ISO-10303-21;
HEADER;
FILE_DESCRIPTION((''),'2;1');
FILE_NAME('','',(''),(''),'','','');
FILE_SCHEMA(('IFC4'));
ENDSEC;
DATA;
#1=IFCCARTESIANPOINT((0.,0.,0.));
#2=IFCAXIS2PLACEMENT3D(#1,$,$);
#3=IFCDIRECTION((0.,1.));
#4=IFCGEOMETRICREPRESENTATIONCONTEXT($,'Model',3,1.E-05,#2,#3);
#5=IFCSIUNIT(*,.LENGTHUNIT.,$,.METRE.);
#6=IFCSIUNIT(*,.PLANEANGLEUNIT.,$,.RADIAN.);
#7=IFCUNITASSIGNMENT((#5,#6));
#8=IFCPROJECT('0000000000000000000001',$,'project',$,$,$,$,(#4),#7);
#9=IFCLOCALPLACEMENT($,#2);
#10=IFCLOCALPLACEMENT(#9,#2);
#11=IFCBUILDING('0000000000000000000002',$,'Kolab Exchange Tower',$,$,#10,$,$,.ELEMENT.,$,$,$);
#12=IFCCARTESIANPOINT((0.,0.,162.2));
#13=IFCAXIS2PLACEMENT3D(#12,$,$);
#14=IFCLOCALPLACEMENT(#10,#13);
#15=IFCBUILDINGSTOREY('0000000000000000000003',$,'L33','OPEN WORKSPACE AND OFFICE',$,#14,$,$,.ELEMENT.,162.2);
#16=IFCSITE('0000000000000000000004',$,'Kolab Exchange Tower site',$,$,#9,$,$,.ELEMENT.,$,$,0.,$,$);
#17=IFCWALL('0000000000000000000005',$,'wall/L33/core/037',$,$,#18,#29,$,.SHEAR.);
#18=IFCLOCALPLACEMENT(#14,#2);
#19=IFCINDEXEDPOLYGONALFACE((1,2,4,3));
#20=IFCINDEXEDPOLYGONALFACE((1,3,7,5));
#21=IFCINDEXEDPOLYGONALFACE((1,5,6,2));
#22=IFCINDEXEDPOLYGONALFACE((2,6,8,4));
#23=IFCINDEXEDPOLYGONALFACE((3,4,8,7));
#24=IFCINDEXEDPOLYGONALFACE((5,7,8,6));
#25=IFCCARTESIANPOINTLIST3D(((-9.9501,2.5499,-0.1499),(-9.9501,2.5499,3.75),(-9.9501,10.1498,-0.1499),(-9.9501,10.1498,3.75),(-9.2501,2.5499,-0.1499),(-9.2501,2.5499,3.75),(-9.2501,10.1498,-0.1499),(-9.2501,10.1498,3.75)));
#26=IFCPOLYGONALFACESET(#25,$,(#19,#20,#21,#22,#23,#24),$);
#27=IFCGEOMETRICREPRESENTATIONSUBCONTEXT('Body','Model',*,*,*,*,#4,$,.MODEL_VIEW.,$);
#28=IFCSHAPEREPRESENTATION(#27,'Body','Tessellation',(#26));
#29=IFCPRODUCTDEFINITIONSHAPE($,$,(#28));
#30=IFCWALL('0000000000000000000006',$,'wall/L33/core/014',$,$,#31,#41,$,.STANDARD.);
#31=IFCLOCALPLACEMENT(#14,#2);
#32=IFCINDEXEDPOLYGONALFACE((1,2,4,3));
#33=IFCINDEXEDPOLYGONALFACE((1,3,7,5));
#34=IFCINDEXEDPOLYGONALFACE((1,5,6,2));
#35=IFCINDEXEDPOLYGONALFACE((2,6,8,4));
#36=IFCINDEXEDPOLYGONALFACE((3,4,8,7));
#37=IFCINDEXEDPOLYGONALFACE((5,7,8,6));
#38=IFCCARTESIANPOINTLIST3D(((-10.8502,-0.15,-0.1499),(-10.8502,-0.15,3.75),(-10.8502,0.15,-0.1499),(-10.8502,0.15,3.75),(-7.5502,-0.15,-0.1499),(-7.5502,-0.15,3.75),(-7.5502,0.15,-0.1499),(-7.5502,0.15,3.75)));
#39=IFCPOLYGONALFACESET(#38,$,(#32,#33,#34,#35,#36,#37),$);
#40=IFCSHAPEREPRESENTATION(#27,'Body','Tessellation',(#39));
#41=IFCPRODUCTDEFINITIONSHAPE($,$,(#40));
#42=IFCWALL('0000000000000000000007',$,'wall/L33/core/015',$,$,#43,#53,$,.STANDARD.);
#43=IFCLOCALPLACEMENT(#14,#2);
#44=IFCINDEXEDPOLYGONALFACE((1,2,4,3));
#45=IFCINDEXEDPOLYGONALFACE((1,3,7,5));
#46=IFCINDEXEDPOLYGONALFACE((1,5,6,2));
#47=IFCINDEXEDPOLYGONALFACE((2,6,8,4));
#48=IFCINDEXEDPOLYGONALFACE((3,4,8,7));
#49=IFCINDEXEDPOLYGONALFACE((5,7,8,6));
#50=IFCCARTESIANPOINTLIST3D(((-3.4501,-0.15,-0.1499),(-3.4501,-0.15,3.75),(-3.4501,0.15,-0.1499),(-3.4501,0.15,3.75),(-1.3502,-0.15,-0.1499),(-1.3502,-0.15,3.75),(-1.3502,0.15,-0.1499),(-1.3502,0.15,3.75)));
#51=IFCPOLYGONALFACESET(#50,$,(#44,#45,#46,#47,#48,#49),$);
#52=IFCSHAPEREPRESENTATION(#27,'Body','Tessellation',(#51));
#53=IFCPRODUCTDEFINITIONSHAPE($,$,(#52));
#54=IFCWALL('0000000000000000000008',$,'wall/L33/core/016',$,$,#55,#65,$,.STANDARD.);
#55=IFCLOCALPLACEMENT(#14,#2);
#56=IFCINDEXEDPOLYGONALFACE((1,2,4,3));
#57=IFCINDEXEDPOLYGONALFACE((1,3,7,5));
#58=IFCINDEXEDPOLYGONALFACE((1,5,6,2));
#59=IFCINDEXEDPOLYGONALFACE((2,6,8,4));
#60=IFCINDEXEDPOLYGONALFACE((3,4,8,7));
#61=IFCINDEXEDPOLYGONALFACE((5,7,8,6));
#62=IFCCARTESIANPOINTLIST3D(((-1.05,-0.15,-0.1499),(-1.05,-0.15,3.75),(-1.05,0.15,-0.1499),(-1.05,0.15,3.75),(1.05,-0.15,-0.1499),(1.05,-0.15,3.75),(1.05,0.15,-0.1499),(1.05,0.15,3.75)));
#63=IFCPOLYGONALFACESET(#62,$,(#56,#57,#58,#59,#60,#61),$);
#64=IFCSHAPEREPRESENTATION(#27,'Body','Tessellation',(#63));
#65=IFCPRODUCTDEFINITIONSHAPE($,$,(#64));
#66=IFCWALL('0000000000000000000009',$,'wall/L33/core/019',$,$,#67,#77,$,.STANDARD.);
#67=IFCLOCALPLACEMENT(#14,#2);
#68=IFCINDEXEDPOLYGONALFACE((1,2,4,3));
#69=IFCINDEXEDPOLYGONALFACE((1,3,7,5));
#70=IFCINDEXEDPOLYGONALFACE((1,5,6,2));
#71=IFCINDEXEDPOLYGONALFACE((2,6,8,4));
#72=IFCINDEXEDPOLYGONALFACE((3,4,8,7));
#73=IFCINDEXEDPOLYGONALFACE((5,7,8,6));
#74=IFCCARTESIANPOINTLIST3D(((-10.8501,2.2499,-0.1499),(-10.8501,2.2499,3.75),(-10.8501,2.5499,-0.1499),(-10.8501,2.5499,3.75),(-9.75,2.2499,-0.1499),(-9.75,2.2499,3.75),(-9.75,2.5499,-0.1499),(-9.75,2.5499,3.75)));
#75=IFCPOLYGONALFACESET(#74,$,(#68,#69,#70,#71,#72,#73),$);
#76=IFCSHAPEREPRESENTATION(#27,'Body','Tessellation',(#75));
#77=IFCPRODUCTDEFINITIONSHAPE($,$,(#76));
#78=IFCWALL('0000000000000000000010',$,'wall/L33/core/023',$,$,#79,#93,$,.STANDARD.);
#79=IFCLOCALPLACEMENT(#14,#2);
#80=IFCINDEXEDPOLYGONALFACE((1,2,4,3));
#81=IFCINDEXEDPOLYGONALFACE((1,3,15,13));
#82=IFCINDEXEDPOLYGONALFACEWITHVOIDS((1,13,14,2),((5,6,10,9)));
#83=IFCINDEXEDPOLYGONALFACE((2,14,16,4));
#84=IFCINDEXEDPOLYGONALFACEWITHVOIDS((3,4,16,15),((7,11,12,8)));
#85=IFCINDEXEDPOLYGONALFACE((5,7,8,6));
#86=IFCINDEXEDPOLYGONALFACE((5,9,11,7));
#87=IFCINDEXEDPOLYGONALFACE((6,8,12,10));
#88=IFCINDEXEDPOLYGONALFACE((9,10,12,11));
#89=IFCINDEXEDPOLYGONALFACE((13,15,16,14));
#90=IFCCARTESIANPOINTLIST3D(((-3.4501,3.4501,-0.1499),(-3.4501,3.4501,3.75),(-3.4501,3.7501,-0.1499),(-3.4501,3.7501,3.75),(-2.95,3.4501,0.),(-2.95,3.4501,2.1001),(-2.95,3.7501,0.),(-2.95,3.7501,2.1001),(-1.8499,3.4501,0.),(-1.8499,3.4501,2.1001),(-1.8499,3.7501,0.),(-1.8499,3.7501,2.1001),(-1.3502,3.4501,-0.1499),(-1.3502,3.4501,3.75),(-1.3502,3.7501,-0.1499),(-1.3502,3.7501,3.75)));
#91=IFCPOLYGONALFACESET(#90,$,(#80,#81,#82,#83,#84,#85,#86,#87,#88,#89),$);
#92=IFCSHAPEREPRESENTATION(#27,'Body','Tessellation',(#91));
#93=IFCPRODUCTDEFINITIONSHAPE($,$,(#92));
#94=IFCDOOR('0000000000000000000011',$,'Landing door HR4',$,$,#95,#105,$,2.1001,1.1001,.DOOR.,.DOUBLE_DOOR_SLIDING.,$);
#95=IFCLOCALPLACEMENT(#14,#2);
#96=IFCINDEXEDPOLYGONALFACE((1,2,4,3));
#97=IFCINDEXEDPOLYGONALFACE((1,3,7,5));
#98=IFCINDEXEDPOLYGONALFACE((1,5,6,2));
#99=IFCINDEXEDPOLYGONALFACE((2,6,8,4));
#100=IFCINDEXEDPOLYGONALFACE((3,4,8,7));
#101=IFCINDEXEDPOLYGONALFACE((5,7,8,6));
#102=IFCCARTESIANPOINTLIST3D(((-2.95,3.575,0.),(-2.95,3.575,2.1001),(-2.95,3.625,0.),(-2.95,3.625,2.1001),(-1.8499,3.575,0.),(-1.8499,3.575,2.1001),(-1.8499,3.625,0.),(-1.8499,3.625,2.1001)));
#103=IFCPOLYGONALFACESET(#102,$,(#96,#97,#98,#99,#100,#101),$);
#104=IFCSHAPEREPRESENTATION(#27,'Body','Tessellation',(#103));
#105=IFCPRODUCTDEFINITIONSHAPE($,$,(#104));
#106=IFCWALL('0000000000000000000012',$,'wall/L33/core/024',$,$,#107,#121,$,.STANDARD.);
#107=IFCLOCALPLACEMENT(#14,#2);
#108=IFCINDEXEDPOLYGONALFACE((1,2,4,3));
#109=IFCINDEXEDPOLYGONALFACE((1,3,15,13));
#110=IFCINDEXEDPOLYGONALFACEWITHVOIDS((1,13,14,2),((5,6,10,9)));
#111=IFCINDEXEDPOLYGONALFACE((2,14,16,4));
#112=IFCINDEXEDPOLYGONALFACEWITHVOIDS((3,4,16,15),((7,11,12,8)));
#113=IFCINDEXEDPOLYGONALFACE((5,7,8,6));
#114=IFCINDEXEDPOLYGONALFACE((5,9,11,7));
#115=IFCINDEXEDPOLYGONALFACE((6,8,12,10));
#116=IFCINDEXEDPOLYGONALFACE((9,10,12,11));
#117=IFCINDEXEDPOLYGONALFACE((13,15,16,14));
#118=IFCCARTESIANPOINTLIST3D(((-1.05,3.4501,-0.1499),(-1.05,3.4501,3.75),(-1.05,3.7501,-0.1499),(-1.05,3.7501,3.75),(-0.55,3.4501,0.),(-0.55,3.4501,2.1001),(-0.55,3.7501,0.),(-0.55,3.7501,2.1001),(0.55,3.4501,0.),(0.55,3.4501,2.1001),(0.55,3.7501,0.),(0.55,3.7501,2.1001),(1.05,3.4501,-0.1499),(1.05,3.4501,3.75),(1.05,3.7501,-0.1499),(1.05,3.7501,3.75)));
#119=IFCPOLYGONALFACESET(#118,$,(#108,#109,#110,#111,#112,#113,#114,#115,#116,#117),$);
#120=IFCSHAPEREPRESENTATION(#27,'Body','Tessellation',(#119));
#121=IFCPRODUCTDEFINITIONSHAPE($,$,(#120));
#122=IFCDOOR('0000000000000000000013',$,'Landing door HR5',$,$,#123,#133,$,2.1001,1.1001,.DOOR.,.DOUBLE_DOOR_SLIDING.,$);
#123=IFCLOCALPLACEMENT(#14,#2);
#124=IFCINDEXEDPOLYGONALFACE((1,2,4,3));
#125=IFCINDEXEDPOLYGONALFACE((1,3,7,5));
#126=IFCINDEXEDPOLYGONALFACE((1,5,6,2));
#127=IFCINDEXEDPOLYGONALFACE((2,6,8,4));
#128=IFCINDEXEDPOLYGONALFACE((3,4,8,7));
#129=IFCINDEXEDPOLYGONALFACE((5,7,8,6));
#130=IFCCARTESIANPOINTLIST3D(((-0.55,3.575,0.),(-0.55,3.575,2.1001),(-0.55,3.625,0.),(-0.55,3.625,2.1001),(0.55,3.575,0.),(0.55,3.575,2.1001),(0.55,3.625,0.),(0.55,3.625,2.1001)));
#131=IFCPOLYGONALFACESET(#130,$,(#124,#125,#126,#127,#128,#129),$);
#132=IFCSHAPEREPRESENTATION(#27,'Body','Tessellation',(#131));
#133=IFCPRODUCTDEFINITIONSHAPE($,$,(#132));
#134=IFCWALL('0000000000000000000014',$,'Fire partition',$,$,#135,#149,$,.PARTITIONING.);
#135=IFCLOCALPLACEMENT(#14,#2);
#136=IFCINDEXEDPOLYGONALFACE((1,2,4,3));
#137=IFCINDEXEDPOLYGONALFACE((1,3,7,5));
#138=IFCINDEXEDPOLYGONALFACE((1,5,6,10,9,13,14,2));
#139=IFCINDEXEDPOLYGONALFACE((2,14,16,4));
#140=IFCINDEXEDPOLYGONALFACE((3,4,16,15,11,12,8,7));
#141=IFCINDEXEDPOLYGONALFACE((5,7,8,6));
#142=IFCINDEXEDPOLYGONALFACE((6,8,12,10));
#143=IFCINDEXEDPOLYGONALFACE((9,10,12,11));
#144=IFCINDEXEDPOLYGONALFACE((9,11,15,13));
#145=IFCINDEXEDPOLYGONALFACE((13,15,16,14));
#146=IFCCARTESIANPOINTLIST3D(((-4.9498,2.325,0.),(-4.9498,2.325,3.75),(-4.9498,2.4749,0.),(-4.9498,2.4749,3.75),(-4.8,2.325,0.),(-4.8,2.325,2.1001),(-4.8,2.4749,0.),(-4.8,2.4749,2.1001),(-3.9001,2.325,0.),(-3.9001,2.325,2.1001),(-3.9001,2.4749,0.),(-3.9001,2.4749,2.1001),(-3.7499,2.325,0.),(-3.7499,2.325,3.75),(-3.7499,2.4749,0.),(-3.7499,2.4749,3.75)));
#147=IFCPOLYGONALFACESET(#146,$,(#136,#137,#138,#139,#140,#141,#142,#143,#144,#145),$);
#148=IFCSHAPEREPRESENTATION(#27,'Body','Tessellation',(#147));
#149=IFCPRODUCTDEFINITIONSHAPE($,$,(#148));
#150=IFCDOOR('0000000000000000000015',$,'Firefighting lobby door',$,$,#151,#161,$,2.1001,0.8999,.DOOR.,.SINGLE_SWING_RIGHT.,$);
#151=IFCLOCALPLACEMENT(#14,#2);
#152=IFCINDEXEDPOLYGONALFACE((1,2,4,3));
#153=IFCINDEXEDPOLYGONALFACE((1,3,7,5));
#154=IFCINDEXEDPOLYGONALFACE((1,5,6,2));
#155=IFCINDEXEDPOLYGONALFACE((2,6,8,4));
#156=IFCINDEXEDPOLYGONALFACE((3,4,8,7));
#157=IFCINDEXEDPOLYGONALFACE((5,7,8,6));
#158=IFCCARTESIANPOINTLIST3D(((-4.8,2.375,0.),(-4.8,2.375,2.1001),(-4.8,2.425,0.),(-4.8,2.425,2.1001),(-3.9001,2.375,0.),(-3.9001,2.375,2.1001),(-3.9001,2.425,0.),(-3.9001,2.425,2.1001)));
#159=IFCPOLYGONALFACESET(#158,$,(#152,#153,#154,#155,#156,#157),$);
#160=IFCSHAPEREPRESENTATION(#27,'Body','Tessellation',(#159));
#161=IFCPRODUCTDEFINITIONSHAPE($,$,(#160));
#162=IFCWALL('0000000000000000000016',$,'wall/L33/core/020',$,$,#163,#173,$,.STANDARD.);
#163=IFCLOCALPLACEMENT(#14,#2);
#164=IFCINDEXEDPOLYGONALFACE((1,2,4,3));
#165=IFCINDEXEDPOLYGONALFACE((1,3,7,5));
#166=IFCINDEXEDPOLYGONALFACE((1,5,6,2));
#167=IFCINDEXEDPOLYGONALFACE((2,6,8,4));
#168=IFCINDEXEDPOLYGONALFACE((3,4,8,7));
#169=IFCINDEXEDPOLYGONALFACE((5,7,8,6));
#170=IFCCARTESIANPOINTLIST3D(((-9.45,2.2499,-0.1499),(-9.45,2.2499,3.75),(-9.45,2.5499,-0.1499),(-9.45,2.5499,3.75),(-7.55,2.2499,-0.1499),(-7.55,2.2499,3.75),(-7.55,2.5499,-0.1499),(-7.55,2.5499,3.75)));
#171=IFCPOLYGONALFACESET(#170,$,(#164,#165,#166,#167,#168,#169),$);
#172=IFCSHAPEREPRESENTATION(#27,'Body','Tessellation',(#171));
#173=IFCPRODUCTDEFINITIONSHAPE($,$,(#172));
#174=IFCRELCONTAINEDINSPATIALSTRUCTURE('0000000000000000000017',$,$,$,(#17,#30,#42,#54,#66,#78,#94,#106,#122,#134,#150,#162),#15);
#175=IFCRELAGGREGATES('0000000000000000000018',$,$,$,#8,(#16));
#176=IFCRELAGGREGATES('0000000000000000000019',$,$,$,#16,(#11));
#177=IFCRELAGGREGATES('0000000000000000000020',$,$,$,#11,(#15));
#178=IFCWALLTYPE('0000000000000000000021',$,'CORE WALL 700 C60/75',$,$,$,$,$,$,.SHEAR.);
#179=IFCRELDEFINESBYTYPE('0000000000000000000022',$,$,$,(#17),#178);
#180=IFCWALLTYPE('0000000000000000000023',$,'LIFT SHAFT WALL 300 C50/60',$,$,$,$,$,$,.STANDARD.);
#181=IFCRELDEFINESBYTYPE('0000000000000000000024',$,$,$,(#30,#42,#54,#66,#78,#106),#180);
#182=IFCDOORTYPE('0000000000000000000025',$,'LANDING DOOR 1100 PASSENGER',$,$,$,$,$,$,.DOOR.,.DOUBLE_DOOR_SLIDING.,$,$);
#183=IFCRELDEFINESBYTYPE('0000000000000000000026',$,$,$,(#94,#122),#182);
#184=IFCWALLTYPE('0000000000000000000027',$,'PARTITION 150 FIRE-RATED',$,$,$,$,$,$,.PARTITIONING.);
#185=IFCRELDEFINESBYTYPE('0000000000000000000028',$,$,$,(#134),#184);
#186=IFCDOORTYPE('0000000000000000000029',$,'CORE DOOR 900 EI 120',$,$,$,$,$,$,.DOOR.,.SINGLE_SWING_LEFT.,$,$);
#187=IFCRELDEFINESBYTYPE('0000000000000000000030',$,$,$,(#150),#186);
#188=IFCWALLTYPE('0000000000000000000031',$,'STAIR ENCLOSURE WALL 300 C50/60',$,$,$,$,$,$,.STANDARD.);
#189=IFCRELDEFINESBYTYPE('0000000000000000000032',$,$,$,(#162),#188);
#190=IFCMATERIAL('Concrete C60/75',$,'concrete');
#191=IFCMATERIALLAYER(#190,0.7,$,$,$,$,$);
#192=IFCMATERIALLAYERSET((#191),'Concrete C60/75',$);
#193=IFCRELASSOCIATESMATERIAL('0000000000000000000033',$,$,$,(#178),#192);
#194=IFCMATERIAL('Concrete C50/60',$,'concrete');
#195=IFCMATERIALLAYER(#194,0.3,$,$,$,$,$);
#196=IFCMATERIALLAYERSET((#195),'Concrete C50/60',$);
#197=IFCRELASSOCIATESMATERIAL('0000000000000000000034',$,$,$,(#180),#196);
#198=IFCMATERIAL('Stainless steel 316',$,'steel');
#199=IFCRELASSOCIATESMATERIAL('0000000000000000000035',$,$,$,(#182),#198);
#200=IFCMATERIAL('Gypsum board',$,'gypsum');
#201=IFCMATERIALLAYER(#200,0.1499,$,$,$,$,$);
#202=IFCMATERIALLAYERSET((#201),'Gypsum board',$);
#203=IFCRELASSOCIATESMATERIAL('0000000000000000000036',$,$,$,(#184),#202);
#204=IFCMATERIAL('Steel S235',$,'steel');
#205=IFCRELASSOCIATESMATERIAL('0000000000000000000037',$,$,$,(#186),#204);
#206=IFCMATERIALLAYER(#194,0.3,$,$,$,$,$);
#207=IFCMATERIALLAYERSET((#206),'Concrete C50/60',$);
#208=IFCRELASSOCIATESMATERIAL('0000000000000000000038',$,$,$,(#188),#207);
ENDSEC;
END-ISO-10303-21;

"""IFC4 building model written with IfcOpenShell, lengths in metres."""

from ifc_helpers import new_model, si_unit, direction, frame, frame_2d, origin, place, context, subcontext, project, spatial, rectangle, extrude, material, layer, layer_set, type_object, element, fill, save


model = new_model("IFC4")

# Units and contexts
model_context = context("Model", 3, precision=1e-05, world=origin(), true_north=direction((0.0, 1.0)))
body_context = subcontext(model_context, "Body", "Model", "MODEL_VIEW")
ifc_project = project(units=[si_unit("LENGTHUNIT", "METRE"), si_unit("PLANEANGLEUNIT", "RADIAN")], contexts=[model_context])

# Site, building, storey
site_placement = place(None, origin())
site = spatial("IfcSite", under=ifc_project, at=site_placement, Name="Kolab Exchange Tower site", CompositionType="ELEMENT", RefElevation=0.0)
building_placement = place(site_placement, origin())
building = spatial("IfcBuilding", under=site, at=building_placement, Name="Kolab Exchange Tower", CompositionType="ELEMENT")
storey_placement = place(building_placement, frame((0.0, 0.0, 162.2)))
storey = spatial("IfcBuildingStorey", under=building, at=storey_placement, Name="L33", Description="OPEN WORKSPACE AND OFFICE", CompositionType="ELEMENT", Elevation=162.2)

# Walls
ifc_material_1 = material(Name="Concrete C60/75", Category="concrete")
ifc_layer_1 = layer(ifc_material_1, 0.7)
ifc_layer_set_1 = layer_set([ifc_layer_1], Name="Concrete C60/75")
wall_type_1 = type_object("IfcWallType", Name="CORE WALL 700 C60/75", PredefinedType="SHEAR", material=ifc_layer_set_1)
wall_1_placement = place(storey_placement, frame((-9.6001, 2.55, -0.1499), z_axis=(0.0, 0.0, 1.0), x_axis=(0.0, 1.0, 0.0)))
element("IfcWall", 1, at=wall_1_placement, inside=storey, type_object=wall_type_1, Name="wall/L33/core/037", PredefinedType="SHEAR", context=body_context, shape_type="SweptSolid", body=[
    extrude(rectangle(XDim=7.5999, YDim=0.7, at=frame_2d((3.7998, 0.0))), origin(), (0.0, 0.0, 1.0), 3.8999),
])
ifc_material_2 = material(Name="Concrete C50/60", Category="concrete")
ifc_layer_2 = layer(ifc_material_2, 0.3)
ifc_layer_set_2 = layer_set([ifc_layer_2], Name="Concrete C50/60")
wall_type_2 = type_object("IfcWallType", Name="LIFT SHAFT WALL 300 C50/60", PredefinedType="STANDARD", material=ifc_layer_set_2)
wall_2_placement = place(storey_placement, frame((-10.8501, 0.0, -0.1499), z_axis=(0.0, 0.0, 1.0), x_axis=(1.0, 0.0, 0.0)))
element("IfcWall", 2, at=wall_2_placement, inside=storey, type_object=wall_type_2, Name="wall/L33/core/014", PredefinedType="STANDARD", context=body_context, shape_type="SweptSolid", body=[
    extrude(rectangle(XDim=3.3, YDim=0.3, at=frame_2d((1.6499, 0.0))), origin(), (0.0, 0.0, 1.0), 3.8999),
])
wall_3_placement = place(storey_placement, frame((-3.45, 0.0, -0.1499), z_axis=(0.0, 0.0, 1.0), x_axis=(1.0, 0.0, 0.0)))
element("IfcWall", 3, at=wall_3_placement, inside=storey, type_object=wall_type_2, Name="wall/L33/core/015", PredefinedType="STANDARD", context=body_context, shape_type="SweptSolid", body=[
    extrude(rectangle(XDim=2.0999, YDim=0.3, at=frame_2d((1.0498, 0.0))), origin(), (0.0, 0.0, 1.0), 3.8999),
])
wall_4_placement = place(storey_placement, frame((-1.05, 0.0, -0.1499), z_axis=(0.0, 0.0, 1.0), x_axis=(1.0, 0.0, 0.0)))
element("IfcWall", 4, at=wall_4_placement, inside=storey, type_object=wall_type_2, Name="wall/L33/core/016", PredefinedType="STANDARD", context=body_context, shape_type="SweptSolid", body=[
    extrude(rectangle(XDim=2.1001, YDim=0.3, at=frame_2d((1.05, 0.0))), origin(), (0.0, 0.0, 1.0), 3.8999),
])
wall_5_placement = place(storey_placement, frame((-10.8501, 2.3999, -0.1499), z_axis=(0.0, 0.0, 1.0), x_axis=(1.0, 0.0, 0.0)))
element("IfcWall", 5, at=wall_5_placement, inside=storey, type_object=wall_type_2, Name="wall/L33/core/019", PredefinedType="STANDARD", context=body_context, shape_type="SweptSolid", body=[
    extrude(rectangle(XDim=1.1001, YDim=0.3, at=frame_2d((0.55, 0.0))), origin(), (0.0, 0.0, 1.0), 3.8999),
])

# Walls, openings, doors
wall_6_placement = place(storey_placement, frame((-3.45, 3.6001, -0.1499), z_axis=(0.0, 0.0, 1.0), x_axis=(1.0, 0.0, 0.0)))
wall_6 = element("IfcWall", 6, at=wall_6_placement, inside=storey, type_object=wall_type_2, Name="wall/L33/core/023", PredefinedType="STANDARD", context=body_context, shape_type="SweptSolid", body=[
    extrude(rectangle(XDim=2.0999, YDim=0.3, at=frame_2d((1.0498, 0.0))), origin(), (0.0, 0.0, 1.0), 3.8999),
])
opening_1_placement = place(wall_6_placement, frame((0.5, 0.0, 0.1499)))
opening_1 = element("IfcOpeningElement", 7, at=opening_1_placement, cuts=wall_6, PredefinedType="OPENING", context=body_context, shape_type="SweptSolid", body=[
    extrude(rectangle(XDim=1.1001, YDim=2.1001, at=frame_2d((0.55, 1.05))), frame((0.0, 0.1602, 0.0), z_axis=(0.0, -1.0, 0.0), x_axis=(1.0, 0.0, 0.0)), (0.0, 0.0, 1.0), 0.3201),
])
ifc_material_3 = material(Name="Stainless steel 316", Category="steel")
door_type_1 = type_object("IfcDoorType", Name="LANDING DOOR 1100 PASSENGER", OperationType="DOUBLE_DOOR_SLIDING", PredefinedType="DOOR", material=ifc_material_3)
door_1_placement = place(opening_1_placement, origin())
door_1 = element("IfcDoor", 8, at=door_1_placement, inside=storey, type_object=door_type_1, Name="Landing door HR4", OperationType="DOUBLE_DOOR_SLIDING", OverallHeight=2.1001, OverallWidth=1.1001, PredefinedType="DOOR", context=body_context, shape_type="SweptSolid", body=[
    extrude(rectangle(XDim=1.1001, YDim=2.1001, at=frame_2d((0.55, 1.05))), frame((0.0, 0.0249, 0.0), z_axis=(0.0, -1.0, 0.0), x_axis=(1.0, 0.0, 0.0)), (0.0, 0.0, 1.0), 0.05),
])
fill(opening_1, door_1)
wall_7_placement = place(storey_placement, frame((-1.05, 3.6001, -0.1499), z_axis=(0.0, 0.0, 1.0), x_axis=(1.0, 0.0, 0.0)))
wall_7 = element("IfcWall", 9, at=wall_7_placement, inside=storey, type_object=wall_type_2, Name="wall/L33/core/024", PredefinedType="STANDARD", context=body_context, shape_type="SweptSolid", body=[
    extrude(rectangle(XDim=2.1001, YDim=0.3, at=frame_2d((1.05, 0.0))), origin(), (0.0, 0.0, 1.0), 3.8999),
])
opening_2_placement = place(wall_7_placement, frame((0.5, 0.0, 0.1499)))
opening_2 = element("IfcOpeningElement", 10, at=opening_2_placement, cuts=wall_7, PredefinedType="OPENING", context=body_context, shape_type="SweptSolid", body=[
    extrude(rectangle(XDim=1.1001, YDim=2.1001, at=frame_2d((0.55, 1.05))), frame((0.0, 0.1602, 0.0), z_axis=(0.0, -1.0, 0.0), x_axis=(1.0, 0.0, 0.0)), (0.0, 0.0, 1.0), 0.3201),
])
door_2_placement = place(opening_2_placement, origin())
door_2 = element("IfcDoor", 11, at=door_2_placement, inside=storey, type_object=door_type_1, Name="Landing door HR5", OperationType="DOUBLE_DOOR_SLIDING", OverallHeight=2.1001, OverallWidth=1.1001, PredefinedType="DOOR", context=body_context, shape_type="SweptSolid", body=[
    extrude(rectangle(XDim=1.1001, YDim=2.1001, at=frame_2d((0.55, 1.05))), frame((0.0, 0.0249, 0.0), z_axis=(0.0, -1.0, 0.0), x_axis=(1.0, 0.0, 0.0)), (0.0, 0.0, 1.0), 0.05),
])
fill(opening_2, door_2)
ifc_material_4 = material(Name="Gypsum board", Category="gypsum")
ifc_layer_3 = layer(ifc_material_4, 0.1499)
ifc_layer_set_3 = layer_set([ifc_layer_3], Name="Gypsum board")
wall_type_3 = type_object("IfcWallType", Name="PARTITION 150 FIRE-RATED", PredefinedType="PARTITIONING", material=ifc_layer_set_3)
wall_8_placement = place(storey_placement, frame((-4.95, 2.3999, 0.0), z_axis=(0.0, 0.0, 1.0), x_axis=(1.0, 0.0, 0.0)))
wall_8 = element("IfcWall", 12, at=wall_8_placement, inside=storey, type_object=wall_type_3, Name="Fire partition", PredefinedType="PARTITIONING", context=body_context, shape_type="SweptSolid", body=[
    extrude(rectangle(XDim=1.2, YDim=0.1499, at=frame_2d((0.6001, 0.0))), origin(), (0.0, 0.0, 1.0), 3.75),
])
opening_3_placement = place(wall_8_placement, frame((0.1499, 0.0, 0.0)))
opening_3 = element("IfcOpeningElement", 13, at=opening_3_placement, cuts=wall_8, PredefinedType="OPENING", context=body_context, shape_type="SweptSolid", body=[
    extrude(rectangle(XDim=0.8999, YDim=2.1001, at=frame_2d((0.45, 1.05))), frame((0.0, 0.085, 0.0), z_axis=(0.0, -1.0, 0.0), x_axis=(1.0, 0.0, 0.0)), (0.0, 0.0, 1.0), 0.1699),
])
ifc_material_5 = material(Name="Steel S235", Category="steel")
door_type_2 = type_object("IfcDoorType", Name="CORE DOOR 900 EI 120", OperationType="SINGLE_SWING_LEFT", PredefinedType="DOOR", material=ifc_material_5)
door_3_placement = place(opening_3_placement, frame((0.8999, 0.0, 0.0), z_axis=(0.0, 0.0, 1.0), x_axis=(-1.0, 0.0, 0.0)))
door_3 = element("IfcDoor", 14, at=door_3_placement, inside=storey, type_object=door_type_2, Name="Firefighting lobby door", OperationType="SINGLE_SWING_RIGHT", OverallHeight=2.1001, OverallWidth=0.8999, PredefinedType="DOOR", context=body_context, shape_type="SweptSolid", body=[
    extrude(rectangle(XDim=0.8999, YDim=2.1001, at=frame_2d((0.45, 1.05))), frame((0.0, 0.0249, 0.0), z_axis=(0.0, -1.0, 0.0), x_axis=(1.0, 0.0, 0.0)), (0.0, 0.0, 1.0), 0.05),
])
fill(opening_3, door_3)

# Wall
ifc_layer_4 = layer(ifc_material_2, 0.3)
ifc_layer_set_4 = layer_set([ifc_layer_4], Name="Concrete C50/60")
wall_type_4 = type_object("IfcWallType", Name="STAIR ENCLOSURE WALL 300 C50/60", PredefinedType="STANDARD", material=ifc_layer_set_4)
wall_9_placement = place(storey_placement, frame((-9.45, 2.3999, -0.1499), z_axis=(0.0, 0.0, 1.0), x_axis=(1.0, 0.0, 0.0)))
element("IfcWall", 15, at=wall_9_placement, inside=storey, type_object=wall_type_4, Name="wall/L33/core/020", PredefinedType="STANDARD", context=body_context, shape_type="SweptSolid", body=[
    extrude(rectangle(XDim=1.8999, YDim=0.3, at=frame_2d((0.95, 0.0))), origin(), (0.0, 0.0, 1.0), 3.8999),
])

save(model, "model.ifc")
